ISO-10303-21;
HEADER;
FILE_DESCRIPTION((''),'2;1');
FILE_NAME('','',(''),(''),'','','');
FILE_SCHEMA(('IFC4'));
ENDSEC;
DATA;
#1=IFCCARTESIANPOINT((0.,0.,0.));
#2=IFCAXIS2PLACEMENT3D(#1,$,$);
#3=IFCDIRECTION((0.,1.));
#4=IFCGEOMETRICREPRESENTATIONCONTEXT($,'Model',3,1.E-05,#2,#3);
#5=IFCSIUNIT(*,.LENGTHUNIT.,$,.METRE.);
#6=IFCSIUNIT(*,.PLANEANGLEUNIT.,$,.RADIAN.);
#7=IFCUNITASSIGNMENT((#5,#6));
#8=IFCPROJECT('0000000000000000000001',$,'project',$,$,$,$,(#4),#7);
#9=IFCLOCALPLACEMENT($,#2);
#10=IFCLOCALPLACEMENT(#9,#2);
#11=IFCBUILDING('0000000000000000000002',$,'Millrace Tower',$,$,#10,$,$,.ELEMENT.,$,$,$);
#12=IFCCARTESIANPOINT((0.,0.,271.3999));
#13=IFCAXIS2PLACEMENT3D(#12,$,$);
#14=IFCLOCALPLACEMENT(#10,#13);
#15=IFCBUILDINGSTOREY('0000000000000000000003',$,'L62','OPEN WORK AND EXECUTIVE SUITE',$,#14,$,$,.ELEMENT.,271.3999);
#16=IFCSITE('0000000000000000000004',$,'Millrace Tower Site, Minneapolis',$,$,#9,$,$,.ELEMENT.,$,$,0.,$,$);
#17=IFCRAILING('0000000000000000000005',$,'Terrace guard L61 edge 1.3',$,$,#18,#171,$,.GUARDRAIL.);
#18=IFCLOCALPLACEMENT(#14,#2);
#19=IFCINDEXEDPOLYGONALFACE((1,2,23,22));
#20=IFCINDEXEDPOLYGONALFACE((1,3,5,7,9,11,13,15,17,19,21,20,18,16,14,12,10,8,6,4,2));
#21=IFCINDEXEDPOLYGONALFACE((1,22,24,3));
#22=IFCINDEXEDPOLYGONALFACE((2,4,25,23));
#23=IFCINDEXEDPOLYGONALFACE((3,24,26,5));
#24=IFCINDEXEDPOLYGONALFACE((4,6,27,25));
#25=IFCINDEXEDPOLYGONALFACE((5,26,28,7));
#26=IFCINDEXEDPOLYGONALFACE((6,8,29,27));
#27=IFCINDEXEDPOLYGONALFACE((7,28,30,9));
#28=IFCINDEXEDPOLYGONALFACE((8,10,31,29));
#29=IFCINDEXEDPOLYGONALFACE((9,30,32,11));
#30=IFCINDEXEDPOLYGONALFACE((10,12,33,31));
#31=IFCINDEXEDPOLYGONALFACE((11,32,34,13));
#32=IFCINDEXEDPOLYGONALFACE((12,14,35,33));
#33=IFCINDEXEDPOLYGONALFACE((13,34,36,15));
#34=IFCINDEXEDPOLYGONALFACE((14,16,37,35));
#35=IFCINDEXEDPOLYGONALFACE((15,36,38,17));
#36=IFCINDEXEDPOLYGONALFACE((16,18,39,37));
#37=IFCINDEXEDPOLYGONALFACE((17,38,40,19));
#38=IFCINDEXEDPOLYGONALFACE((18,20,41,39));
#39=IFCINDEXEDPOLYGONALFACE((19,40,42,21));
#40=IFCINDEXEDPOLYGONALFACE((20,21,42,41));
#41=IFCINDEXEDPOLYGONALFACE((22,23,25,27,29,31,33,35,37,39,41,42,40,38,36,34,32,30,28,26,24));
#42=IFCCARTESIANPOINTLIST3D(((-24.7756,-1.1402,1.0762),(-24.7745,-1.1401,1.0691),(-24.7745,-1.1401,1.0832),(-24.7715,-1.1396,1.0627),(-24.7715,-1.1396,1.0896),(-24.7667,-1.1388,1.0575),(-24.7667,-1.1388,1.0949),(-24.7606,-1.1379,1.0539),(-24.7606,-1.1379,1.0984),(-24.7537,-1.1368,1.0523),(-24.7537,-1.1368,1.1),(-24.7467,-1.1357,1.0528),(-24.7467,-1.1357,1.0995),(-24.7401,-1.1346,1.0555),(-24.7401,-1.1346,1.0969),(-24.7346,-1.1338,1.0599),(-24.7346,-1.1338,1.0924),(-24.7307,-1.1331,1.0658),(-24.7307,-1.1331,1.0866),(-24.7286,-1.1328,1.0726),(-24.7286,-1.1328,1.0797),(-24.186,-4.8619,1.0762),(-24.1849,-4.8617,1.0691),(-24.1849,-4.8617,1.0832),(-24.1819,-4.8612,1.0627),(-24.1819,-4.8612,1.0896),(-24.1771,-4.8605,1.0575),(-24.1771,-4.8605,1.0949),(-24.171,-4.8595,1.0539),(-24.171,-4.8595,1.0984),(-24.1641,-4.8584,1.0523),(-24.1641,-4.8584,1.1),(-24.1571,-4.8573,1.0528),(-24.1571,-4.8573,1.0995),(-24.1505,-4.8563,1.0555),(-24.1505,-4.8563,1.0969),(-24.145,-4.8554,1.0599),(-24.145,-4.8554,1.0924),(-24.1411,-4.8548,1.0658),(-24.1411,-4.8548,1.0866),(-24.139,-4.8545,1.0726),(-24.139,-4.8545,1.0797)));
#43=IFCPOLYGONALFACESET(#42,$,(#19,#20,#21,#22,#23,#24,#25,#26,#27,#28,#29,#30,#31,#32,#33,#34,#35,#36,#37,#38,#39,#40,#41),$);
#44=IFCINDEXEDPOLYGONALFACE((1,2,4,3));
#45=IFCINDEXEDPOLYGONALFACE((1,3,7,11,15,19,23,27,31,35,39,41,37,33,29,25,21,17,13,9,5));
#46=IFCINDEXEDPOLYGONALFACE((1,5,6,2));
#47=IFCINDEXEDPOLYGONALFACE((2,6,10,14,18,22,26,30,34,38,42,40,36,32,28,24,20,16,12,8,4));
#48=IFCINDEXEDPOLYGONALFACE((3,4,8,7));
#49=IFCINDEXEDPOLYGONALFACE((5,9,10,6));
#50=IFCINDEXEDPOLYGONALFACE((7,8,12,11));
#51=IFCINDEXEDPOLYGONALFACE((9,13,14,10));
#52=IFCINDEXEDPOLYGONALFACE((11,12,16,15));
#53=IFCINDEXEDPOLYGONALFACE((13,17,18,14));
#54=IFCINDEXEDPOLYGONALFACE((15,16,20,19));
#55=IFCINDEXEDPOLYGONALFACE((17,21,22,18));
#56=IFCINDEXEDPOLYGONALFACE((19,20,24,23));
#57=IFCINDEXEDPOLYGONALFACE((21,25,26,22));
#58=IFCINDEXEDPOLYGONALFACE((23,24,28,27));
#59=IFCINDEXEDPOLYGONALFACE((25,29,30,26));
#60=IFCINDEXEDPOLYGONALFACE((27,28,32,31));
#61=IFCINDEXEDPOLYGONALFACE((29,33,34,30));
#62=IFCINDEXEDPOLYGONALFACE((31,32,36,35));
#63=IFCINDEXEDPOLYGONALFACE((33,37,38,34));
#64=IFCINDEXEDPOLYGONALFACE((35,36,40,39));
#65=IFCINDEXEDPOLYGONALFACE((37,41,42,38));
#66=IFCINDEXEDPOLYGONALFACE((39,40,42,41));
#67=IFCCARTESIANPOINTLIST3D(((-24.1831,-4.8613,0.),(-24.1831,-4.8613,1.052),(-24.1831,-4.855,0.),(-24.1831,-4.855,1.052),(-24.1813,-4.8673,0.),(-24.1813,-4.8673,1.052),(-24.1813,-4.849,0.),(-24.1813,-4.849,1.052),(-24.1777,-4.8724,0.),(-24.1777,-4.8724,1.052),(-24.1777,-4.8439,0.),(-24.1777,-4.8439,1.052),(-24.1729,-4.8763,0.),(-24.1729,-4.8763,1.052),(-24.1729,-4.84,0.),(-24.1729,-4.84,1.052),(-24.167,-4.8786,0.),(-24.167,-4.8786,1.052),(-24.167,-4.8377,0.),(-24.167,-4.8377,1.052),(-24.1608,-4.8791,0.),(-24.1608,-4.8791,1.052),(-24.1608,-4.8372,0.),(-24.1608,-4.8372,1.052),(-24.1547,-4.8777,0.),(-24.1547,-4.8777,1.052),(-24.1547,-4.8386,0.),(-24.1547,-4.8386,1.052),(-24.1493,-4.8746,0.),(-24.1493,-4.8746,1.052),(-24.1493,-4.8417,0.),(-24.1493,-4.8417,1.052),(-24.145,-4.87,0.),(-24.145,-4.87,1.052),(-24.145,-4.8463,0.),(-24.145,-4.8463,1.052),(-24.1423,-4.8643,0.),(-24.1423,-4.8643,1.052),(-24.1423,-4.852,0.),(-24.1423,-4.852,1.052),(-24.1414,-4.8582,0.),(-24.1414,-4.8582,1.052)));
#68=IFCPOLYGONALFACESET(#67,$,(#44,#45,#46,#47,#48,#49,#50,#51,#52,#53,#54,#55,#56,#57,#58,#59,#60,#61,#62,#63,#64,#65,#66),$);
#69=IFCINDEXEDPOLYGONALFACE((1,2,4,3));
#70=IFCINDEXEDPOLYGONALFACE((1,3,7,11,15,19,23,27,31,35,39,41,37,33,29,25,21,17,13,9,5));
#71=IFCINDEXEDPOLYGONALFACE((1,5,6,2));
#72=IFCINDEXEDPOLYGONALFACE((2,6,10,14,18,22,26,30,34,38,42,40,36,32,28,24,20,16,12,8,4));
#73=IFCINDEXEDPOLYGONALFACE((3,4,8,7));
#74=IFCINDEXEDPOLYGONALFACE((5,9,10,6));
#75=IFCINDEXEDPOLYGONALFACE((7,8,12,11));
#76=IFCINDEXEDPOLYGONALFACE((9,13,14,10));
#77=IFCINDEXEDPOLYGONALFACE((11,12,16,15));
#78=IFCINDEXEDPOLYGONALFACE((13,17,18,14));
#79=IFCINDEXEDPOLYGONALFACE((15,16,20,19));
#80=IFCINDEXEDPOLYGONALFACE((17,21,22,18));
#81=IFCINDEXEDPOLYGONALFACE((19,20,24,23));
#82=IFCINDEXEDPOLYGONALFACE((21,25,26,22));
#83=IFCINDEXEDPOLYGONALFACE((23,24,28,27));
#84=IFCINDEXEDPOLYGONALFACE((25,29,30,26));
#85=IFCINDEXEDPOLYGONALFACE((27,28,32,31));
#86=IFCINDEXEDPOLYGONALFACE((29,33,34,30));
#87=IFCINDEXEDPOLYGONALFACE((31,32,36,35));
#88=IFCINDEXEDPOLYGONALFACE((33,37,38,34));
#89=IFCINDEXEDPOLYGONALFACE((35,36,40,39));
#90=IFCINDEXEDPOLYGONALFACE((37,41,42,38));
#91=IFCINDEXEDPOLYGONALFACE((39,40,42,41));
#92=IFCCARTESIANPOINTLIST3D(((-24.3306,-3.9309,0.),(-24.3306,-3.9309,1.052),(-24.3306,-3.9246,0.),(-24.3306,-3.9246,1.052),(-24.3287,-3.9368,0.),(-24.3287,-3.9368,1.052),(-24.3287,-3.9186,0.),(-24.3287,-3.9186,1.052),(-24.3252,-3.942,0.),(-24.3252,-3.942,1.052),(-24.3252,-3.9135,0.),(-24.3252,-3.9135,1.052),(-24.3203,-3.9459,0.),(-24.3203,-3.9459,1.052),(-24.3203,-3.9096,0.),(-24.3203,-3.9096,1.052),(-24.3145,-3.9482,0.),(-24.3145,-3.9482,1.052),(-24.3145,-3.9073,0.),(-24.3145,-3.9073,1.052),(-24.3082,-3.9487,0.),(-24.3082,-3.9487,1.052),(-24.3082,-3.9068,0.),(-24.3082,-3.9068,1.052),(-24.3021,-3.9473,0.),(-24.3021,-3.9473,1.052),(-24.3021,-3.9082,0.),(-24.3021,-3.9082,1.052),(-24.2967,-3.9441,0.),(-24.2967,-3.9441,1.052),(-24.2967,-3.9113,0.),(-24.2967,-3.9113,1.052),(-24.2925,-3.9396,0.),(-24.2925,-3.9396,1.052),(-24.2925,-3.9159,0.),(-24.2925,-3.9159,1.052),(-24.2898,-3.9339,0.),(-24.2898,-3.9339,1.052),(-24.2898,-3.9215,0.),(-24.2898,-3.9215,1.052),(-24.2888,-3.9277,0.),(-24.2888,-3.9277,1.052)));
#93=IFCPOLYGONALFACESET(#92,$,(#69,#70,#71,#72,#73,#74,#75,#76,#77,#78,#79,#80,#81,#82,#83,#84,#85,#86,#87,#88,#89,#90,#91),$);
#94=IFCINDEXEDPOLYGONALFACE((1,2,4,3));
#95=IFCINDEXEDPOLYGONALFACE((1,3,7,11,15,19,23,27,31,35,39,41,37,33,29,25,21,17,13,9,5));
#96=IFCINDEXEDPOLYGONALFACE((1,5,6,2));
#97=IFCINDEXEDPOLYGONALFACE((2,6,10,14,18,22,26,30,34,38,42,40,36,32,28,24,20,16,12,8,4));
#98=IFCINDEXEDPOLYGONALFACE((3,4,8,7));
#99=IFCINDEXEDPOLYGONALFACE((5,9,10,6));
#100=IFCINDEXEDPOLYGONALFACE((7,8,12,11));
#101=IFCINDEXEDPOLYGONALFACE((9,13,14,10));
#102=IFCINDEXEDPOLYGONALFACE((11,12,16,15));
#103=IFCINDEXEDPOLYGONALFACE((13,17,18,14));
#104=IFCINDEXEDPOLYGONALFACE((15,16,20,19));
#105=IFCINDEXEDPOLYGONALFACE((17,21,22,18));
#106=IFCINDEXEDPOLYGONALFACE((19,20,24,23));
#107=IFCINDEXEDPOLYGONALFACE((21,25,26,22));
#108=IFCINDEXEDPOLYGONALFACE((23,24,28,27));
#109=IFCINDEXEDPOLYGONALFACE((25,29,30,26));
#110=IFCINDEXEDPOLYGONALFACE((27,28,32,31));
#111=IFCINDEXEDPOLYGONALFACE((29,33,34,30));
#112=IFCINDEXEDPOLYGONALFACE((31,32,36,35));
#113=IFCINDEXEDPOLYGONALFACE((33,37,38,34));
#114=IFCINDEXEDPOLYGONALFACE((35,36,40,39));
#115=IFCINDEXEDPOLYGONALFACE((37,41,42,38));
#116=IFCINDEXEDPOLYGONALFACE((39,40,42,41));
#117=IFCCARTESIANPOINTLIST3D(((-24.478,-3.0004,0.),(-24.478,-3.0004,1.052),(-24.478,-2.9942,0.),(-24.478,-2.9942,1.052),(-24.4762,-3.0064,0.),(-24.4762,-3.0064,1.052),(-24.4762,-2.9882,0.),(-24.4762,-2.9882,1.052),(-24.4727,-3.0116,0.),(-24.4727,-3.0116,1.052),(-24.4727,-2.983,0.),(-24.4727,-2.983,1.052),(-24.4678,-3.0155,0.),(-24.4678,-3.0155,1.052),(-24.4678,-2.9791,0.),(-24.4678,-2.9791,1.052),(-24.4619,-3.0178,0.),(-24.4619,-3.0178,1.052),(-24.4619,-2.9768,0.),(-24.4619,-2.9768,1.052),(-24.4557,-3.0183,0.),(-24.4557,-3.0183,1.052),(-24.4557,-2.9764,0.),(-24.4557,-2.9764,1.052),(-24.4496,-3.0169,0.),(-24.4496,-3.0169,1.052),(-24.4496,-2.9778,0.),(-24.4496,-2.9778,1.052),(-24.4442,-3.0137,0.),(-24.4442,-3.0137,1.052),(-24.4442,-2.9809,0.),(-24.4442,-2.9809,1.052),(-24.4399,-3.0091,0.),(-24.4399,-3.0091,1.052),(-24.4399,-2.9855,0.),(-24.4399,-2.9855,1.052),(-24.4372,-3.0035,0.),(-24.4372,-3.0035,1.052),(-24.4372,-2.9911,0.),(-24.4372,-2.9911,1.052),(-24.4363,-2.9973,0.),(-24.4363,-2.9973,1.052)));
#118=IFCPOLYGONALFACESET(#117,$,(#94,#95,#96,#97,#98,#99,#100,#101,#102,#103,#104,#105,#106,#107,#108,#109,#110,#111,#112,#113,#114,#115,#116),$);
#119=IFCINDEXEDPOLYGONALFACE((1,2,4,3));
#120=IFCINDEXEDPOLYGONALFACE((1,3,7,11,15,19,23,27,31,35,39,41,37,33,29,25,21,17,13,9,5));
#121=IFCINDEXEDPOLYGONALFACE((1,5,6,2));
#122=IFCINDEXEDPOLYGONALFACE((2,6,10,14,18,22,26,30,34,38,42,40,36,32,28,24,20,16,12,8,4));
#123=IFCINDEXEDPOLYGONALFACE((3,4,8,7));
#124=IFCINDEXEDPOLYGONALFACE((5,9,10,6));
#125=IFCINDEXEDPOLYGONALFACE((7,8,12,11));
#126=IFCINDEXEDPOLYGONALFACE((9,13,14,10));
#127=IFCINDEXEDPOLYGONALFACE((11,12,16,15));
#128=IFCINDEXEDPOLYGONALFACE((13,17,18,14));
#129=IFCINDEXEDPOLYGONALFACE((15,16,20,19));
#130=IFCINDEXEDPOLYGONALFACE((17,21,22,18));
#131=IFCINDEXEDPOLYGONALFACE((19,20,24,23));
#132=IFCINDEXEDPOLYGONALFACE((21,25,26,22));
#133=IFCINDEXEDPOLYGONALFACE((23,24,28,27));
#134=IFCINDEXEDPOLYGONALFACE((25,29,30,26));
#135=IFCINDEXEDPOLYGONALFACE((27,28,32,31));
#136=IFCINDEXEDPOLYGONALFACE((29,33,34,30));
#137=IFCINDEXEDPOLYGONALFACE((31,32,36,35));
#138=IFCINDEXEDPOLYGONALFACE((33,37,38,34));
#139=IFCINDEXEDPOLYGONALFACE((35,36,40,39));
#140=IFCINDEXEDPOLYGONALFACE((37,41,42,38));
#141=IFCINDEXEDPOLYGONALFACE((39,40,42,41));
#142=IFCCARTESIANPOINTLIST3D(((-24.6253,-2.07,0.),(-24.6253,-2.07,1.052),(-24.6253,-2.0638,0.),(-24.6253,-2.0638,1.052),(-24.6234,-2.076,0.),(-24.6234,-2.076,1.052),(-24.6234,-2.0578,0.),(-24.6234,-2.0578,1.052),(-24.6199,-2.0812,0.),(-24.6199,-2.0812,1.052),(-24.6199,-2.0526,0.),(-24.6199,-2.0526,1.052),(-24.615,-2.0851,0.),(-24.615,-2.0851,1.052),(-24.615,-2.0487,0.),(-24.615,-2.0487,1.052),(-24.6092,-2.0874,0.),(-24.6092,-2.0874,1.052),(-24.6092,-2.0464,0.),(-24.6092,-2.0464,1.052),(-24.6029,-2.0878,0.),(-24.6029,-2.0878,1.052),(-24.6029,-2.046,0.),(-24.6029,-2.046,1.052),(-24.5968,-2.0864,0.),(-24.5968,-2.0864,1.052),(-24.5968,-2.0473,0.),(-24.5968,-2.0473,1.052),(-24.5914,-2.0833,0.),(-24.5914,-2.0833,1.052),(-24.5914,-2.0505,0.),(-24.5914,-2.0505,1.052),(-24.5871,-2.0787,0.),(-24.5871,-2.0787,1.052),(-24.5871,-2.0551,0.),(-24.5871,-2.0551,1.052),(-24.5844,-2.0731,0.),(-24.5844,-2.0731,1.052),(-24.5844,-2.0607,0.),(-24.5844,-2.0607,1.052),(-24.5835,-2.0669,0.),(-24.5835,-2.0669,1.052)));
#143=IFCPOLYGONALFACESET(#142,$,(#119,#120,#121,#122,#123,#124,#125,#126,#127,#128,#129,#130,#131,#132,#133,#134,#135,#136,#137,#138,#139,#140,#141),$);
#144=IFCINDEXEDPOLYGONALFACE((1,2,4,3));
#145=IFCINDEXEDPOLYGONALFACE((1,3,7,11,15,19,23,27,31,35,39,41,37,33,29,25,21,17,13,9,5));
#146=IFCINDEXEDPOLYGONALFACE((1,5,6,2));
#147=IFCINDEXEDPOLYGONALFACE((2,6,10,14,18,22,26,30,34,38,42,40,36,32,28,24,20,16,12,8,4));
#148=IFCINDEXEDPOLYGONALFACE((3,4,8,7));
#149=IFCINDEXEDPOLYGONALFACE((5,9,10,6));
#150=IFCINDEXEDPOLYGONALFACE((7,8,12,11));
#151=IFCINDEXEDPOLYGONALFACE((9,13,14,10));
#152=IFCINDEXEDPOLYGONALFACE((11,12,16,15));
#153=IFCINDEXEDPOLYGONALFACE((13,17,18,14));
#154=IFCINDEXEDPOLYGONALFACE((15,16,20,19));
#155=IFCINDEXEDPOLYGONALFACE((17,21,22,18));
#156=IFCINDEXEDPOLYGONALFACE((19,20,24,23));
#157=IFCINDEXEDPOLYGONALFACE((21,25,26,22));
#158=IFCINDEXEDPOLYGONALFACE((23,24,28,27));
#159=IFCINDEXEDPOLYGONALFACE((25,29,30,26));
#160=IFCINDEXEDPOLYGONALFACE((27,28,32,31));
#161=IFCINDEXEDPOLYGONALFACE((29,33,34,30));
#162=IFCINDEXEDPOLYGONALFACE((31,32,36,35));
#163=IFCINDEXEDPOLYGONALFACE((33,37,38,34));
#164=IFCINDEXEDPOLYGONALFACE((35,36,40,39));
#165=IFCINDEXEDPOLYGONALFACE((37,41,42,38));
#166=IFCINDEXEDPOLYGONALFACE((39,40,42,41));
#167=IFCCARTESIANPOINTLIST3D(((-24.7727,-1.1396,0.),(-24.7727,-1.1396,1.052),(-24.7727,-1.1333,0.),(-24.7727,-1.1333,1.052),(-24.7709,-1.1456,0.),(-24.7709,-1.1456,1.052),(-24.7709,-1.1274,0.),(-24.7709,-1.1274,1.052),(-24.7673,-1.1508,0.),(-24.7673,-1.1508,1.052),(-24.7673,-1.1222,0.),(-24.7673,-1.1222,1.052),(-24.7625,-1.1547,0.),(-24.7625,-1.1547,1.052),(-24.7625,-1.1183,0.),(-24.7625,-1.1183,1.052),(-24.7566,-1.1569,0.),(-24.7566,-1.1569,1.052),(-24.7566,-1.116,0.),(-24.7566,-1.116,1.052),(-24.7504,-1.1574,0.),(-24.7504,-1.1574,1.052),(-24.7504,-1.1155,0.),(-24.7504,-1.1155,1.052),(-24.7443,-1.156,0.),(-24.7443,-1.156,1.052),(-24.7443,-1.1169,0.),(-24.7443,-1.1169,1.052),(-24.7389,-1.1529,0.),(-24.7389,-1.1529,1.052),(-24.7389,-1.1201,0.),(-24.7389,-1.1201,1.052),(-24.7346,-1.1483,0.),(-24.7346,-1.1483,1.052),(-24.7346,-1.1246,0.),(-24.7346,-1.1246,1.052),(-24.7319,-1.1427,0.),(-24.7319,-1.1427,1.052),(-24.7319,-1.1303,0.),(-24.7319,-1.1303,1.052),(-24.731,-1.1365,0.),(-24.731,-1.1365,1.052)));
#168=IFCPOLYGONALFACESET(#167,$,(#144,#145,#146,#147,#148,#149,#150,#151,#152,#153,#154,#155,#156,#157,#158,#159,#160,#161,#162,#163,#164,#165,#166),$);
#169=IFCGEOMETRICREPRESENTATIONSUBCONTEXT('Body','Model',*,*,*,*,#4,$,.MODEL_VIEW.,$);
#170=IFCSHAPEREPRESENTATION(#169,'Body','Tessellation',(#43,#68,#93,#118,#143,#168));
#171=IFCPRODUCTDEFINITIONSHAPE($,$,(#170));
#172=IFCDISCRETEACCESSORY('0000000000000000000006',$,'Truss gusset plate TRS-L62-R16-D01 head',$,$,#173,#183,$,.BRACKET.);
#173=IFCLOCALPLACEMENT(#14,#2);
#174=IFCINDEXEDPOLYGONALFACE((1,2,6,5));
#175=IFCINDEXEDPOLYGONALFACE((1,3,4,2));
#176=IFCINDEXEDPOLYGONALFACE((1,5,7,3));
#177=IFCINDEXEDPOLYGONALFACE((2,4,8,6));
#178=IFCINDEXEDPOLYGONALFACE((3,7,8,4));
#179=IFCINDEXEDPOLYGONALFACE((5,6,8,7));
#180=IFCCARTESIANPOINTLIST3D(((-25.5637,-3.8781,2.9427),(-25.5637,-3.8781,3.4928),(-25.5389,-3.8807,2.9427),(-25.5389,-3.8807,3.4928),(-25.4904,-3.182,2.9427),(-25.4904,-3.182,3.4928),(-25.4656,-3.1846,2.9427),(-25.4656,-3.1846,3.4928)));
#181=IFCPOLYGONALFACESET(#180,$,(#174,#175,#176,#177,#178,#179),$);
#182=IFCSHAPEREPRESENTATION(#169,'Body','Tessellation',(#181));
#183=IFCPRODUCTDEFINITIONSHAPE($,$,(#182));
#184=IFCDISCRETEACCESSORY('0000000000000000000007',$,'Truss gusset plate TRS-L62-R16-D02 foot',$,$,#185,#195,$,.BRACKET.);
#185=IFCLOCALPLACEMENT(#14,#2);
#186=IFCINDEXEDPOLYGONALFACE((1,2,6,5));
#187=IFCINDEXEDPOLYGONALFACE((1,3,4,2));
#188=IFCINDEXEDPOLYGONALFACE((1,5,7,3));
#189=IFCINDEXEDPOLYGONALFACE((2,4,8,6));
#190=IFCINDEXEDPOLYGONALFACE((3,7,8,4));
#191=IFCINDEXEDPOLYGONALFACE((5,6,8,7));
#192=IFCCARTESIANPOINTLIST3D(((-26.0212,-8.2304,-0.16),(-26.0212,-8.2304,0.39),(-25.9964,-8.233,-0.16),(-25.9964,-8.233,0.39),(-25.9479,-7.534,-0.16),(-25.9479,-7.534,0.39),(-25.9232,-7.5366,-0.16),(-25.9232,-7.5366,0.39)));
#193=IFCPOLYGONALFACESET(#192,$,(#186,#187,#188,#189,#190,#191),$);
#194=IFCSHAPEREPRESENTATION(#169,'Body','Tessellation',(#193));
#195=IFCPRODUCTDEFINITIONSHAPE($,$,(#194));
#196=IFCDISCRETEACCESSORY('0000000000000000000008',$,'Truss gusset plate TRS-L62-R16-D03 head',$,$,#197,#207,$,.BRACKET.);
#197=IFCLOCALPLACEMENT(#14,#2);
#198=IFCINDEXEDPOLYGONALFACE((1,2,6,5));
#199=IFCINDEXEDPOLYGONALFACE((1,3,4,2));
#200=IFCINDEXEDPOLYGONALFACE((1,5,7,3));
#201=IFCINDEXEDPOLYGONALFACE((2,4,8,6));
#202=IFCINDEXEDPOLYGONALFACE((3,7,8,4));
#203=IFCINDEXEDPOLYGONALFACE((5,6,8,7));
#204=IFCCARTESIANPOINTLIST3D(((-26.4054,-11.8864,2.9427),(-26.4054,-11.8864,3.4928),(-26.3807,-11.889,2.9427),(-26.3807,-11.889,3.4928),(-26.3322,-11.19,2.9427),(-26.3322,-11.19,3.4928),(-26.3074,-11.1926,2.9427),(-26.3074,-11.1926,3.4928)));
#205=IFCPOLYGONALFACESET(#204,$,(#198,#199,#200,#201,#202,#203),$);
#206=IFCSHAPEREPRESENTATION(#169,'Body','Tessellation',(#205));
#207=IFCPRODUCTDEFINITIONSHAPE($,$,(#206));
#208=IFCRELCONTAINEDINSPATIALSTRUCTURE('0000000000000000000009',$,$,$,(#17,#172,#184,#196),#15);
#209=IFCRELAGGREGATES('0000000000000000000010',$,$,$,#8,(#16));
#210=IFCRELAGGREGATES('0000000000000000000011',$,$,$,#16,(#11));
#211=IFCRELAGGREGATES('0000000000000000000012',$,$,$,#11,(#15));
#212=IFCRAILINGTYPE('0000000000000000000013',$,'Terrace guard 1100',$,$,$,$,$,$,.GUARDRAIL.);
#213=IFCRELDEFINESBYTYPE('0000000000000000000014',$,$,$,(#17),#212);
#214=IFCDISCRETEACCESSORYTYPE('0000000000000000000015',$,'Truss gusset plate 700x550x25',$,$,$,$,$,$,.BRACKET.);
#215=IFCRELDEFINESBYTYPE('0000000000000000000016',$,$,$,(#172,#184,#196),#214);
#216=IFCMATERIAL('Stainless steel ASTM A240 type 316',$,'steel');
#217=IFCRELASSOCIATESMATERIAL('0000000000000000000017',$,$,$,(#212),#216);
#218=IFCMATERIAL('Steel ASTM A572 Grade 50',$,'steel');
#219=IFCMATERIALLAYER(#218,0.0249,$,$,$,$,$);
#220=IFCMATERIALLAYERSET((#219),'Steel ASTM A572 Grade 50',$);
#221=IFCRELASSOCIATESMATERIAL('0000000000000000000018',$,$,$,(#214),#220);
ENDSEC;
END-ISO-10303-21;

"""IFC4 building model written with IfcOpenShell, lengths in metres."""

from ifc_helpers import new_model, si_unit, direction, frame, origin, origin_2d, place, context, subcontext, project, spatial, rectangle, circle, extrude, material, layer, layer_set, type_object, element, save


model = new_model("IFC4")

# Units and contexts
model_context = context("Model", 3, precision=1e-05, world=origin(), true_north=direction((0.0, 1.0)))
body_context = subcontext(model_context, "Body", "Model", "MODEL_VIEW")
ifc_project = project(units=[si_unit("LENGTHUNIT", "METRE"), si_unit("PLANEANGLEUNIT", "RADIAN")], contexts=[model_context])

# Site, building, storey
site_placement = place(None, origin())
site = spatial("IfcSite", under=ifc_project, at=site_placement, Name="Millrace Tower Site, Minneapolis", CompositionType="ELEMENT", RefElevation=0.0)
building_placement = place(site_placement, origin())
building = spatial("IfcBuilding", under=site, at=building_placement, Name="Millrace Tower", CompositionType="ELEMENT")
storey_placement = place(building_placement, frame((0.0, 0.0, 271.3999)))
storey = spatial("IfcBuildingStorey", under=building, at=storey_placement, Name="L62", Description="OPEN WORK AND EXECUTIVE SUITE", CompositionType="ELEMENT", Elevation=271.3999)

# Railing
ifc_material_1 = material(Name="Stainless steel ASTM A240 type 316", Category="steel")
railing_type = type_object("IfcRailingType", Name="Terrace guard 1100", PredefinedType="GUARDRAIL", material=ifc_material_1)
railing_placement = place(storey_placement, frame((-24.1624, -4.8582, 0.0)))
element("IfcRailing", 1, at=railing_placement, inside=storey, type_object=railing_type, Name="Terrace guard L61 edge 1.3", PredefinedType="GUARDRAIL", context=body_context, shape_type="SweptSolid", body=[
    extrude(circle(Radius=0.0239, at=origin_2d()), frame((0.0, 0.0, 1.0762), z_axis=(-0.156472, 0.987682, 0.0), x_axis=(-0.987682, -0.156472, 0.0)), (0.0, 0.0, 1.0), 3.7681),
    extrude(circle(Radius=0.021, at=origin_2d()), origin(), (0.0, 0.0, 1.0), 1.052),
    extrude(circle(Radius=0.021, at=origin_2d()), frame((-0.1475, 0.9304, 0.0)), (0.0, 0.0, 1.0), 1.052),
    extrude(circle(Radius=0.021, at=origin_2d()), frame((-0.2949, 1.8608, 0.0)), (0.0, 0.0, 1.0), 1.052),
    extrude(circle(Radius=0.021, at=origin_2d()), frame((-0.4421, 2.7913, 0.0)), (0.0, 0.0, 1.0), 1.052),
    extrude(circle(Radius=0.021, at=origin_2d()), frame((-0.5896, 3.7217, 0.0)), (0.0, 0.0, 1.0), 1.052),
])

# Discrete accessories
ifc_material_2 = material(Name="Steel ASTM A572 Grade 50", Category="steel")
ifc_layer_1 = layer(ifc_material_2, 0.0249)
ifc_layer_set_1 = layer_set([ifc_layer_1], Name="Steel ASTM A572 Grade 50")
discrete_accessory_type = type_object("IfcDiscreteAccessoryType", Name="Truss gusset plate 700x550x25", PredefinedType="BRACKET", material=ifc_layer_set_1)
discrete_accessory_1_placement = place(storey_placement, frame((-25.5513, -3.8794, 3.2178), z_axis=(0.104648, 0.994509, 0.0), x_axis=(-0.994509, 0.104648, 0.0)))
element("IfcDiscreteAccessory", 2, at=discrete_accessory_1_placement, inside=storey, type_object=discrete_accessory_type, Name="Truss gusset plate TRS-L62-R16-D01 head", PredefinedType="BRACKET", context=body_context, shape_type="SweptSolid", body=[
    extrude(rectangle(XDim=0.0249, YDim=0.55, at=origin_2d()), origin(), (0.0, 0.0, 1.0), 0.7),
])
for number, where, z_axis, x_axis, name in (
    (3, (-26.0088, -8.2317, 0.115), (0.104612, 0.994513, 0.0), (-0.994513, 0.104612, 0.0), "Truss gusset plate TRS-L62-R16-D02 foot"),
    (4, (-26.3931, -11.8877, 3.2178), (0.104612, 0.994513, 0.0), (-0.994513, 0.104612, 0.0), "Truss gusset plate TRS-L62-R16-D03 head"),
):
    element("IfcDiscreteAccessory", number, at=place(storey_placement, frame(where, z_axis=z_axis, x_axis=x_axis)), inside=storey, type_object=discrete_accessory_type, Name=name, PredefinedType="BRACKET", context=body_context, shape_type="SweptSolid", body=[
        extrude(rectangle(XDim=0.0249, YDim=0.55, at=origin_2d()), origin(), (0.0, 0.0, 1.0), 0.7002),
    ])

save(model, "model.ifc")
